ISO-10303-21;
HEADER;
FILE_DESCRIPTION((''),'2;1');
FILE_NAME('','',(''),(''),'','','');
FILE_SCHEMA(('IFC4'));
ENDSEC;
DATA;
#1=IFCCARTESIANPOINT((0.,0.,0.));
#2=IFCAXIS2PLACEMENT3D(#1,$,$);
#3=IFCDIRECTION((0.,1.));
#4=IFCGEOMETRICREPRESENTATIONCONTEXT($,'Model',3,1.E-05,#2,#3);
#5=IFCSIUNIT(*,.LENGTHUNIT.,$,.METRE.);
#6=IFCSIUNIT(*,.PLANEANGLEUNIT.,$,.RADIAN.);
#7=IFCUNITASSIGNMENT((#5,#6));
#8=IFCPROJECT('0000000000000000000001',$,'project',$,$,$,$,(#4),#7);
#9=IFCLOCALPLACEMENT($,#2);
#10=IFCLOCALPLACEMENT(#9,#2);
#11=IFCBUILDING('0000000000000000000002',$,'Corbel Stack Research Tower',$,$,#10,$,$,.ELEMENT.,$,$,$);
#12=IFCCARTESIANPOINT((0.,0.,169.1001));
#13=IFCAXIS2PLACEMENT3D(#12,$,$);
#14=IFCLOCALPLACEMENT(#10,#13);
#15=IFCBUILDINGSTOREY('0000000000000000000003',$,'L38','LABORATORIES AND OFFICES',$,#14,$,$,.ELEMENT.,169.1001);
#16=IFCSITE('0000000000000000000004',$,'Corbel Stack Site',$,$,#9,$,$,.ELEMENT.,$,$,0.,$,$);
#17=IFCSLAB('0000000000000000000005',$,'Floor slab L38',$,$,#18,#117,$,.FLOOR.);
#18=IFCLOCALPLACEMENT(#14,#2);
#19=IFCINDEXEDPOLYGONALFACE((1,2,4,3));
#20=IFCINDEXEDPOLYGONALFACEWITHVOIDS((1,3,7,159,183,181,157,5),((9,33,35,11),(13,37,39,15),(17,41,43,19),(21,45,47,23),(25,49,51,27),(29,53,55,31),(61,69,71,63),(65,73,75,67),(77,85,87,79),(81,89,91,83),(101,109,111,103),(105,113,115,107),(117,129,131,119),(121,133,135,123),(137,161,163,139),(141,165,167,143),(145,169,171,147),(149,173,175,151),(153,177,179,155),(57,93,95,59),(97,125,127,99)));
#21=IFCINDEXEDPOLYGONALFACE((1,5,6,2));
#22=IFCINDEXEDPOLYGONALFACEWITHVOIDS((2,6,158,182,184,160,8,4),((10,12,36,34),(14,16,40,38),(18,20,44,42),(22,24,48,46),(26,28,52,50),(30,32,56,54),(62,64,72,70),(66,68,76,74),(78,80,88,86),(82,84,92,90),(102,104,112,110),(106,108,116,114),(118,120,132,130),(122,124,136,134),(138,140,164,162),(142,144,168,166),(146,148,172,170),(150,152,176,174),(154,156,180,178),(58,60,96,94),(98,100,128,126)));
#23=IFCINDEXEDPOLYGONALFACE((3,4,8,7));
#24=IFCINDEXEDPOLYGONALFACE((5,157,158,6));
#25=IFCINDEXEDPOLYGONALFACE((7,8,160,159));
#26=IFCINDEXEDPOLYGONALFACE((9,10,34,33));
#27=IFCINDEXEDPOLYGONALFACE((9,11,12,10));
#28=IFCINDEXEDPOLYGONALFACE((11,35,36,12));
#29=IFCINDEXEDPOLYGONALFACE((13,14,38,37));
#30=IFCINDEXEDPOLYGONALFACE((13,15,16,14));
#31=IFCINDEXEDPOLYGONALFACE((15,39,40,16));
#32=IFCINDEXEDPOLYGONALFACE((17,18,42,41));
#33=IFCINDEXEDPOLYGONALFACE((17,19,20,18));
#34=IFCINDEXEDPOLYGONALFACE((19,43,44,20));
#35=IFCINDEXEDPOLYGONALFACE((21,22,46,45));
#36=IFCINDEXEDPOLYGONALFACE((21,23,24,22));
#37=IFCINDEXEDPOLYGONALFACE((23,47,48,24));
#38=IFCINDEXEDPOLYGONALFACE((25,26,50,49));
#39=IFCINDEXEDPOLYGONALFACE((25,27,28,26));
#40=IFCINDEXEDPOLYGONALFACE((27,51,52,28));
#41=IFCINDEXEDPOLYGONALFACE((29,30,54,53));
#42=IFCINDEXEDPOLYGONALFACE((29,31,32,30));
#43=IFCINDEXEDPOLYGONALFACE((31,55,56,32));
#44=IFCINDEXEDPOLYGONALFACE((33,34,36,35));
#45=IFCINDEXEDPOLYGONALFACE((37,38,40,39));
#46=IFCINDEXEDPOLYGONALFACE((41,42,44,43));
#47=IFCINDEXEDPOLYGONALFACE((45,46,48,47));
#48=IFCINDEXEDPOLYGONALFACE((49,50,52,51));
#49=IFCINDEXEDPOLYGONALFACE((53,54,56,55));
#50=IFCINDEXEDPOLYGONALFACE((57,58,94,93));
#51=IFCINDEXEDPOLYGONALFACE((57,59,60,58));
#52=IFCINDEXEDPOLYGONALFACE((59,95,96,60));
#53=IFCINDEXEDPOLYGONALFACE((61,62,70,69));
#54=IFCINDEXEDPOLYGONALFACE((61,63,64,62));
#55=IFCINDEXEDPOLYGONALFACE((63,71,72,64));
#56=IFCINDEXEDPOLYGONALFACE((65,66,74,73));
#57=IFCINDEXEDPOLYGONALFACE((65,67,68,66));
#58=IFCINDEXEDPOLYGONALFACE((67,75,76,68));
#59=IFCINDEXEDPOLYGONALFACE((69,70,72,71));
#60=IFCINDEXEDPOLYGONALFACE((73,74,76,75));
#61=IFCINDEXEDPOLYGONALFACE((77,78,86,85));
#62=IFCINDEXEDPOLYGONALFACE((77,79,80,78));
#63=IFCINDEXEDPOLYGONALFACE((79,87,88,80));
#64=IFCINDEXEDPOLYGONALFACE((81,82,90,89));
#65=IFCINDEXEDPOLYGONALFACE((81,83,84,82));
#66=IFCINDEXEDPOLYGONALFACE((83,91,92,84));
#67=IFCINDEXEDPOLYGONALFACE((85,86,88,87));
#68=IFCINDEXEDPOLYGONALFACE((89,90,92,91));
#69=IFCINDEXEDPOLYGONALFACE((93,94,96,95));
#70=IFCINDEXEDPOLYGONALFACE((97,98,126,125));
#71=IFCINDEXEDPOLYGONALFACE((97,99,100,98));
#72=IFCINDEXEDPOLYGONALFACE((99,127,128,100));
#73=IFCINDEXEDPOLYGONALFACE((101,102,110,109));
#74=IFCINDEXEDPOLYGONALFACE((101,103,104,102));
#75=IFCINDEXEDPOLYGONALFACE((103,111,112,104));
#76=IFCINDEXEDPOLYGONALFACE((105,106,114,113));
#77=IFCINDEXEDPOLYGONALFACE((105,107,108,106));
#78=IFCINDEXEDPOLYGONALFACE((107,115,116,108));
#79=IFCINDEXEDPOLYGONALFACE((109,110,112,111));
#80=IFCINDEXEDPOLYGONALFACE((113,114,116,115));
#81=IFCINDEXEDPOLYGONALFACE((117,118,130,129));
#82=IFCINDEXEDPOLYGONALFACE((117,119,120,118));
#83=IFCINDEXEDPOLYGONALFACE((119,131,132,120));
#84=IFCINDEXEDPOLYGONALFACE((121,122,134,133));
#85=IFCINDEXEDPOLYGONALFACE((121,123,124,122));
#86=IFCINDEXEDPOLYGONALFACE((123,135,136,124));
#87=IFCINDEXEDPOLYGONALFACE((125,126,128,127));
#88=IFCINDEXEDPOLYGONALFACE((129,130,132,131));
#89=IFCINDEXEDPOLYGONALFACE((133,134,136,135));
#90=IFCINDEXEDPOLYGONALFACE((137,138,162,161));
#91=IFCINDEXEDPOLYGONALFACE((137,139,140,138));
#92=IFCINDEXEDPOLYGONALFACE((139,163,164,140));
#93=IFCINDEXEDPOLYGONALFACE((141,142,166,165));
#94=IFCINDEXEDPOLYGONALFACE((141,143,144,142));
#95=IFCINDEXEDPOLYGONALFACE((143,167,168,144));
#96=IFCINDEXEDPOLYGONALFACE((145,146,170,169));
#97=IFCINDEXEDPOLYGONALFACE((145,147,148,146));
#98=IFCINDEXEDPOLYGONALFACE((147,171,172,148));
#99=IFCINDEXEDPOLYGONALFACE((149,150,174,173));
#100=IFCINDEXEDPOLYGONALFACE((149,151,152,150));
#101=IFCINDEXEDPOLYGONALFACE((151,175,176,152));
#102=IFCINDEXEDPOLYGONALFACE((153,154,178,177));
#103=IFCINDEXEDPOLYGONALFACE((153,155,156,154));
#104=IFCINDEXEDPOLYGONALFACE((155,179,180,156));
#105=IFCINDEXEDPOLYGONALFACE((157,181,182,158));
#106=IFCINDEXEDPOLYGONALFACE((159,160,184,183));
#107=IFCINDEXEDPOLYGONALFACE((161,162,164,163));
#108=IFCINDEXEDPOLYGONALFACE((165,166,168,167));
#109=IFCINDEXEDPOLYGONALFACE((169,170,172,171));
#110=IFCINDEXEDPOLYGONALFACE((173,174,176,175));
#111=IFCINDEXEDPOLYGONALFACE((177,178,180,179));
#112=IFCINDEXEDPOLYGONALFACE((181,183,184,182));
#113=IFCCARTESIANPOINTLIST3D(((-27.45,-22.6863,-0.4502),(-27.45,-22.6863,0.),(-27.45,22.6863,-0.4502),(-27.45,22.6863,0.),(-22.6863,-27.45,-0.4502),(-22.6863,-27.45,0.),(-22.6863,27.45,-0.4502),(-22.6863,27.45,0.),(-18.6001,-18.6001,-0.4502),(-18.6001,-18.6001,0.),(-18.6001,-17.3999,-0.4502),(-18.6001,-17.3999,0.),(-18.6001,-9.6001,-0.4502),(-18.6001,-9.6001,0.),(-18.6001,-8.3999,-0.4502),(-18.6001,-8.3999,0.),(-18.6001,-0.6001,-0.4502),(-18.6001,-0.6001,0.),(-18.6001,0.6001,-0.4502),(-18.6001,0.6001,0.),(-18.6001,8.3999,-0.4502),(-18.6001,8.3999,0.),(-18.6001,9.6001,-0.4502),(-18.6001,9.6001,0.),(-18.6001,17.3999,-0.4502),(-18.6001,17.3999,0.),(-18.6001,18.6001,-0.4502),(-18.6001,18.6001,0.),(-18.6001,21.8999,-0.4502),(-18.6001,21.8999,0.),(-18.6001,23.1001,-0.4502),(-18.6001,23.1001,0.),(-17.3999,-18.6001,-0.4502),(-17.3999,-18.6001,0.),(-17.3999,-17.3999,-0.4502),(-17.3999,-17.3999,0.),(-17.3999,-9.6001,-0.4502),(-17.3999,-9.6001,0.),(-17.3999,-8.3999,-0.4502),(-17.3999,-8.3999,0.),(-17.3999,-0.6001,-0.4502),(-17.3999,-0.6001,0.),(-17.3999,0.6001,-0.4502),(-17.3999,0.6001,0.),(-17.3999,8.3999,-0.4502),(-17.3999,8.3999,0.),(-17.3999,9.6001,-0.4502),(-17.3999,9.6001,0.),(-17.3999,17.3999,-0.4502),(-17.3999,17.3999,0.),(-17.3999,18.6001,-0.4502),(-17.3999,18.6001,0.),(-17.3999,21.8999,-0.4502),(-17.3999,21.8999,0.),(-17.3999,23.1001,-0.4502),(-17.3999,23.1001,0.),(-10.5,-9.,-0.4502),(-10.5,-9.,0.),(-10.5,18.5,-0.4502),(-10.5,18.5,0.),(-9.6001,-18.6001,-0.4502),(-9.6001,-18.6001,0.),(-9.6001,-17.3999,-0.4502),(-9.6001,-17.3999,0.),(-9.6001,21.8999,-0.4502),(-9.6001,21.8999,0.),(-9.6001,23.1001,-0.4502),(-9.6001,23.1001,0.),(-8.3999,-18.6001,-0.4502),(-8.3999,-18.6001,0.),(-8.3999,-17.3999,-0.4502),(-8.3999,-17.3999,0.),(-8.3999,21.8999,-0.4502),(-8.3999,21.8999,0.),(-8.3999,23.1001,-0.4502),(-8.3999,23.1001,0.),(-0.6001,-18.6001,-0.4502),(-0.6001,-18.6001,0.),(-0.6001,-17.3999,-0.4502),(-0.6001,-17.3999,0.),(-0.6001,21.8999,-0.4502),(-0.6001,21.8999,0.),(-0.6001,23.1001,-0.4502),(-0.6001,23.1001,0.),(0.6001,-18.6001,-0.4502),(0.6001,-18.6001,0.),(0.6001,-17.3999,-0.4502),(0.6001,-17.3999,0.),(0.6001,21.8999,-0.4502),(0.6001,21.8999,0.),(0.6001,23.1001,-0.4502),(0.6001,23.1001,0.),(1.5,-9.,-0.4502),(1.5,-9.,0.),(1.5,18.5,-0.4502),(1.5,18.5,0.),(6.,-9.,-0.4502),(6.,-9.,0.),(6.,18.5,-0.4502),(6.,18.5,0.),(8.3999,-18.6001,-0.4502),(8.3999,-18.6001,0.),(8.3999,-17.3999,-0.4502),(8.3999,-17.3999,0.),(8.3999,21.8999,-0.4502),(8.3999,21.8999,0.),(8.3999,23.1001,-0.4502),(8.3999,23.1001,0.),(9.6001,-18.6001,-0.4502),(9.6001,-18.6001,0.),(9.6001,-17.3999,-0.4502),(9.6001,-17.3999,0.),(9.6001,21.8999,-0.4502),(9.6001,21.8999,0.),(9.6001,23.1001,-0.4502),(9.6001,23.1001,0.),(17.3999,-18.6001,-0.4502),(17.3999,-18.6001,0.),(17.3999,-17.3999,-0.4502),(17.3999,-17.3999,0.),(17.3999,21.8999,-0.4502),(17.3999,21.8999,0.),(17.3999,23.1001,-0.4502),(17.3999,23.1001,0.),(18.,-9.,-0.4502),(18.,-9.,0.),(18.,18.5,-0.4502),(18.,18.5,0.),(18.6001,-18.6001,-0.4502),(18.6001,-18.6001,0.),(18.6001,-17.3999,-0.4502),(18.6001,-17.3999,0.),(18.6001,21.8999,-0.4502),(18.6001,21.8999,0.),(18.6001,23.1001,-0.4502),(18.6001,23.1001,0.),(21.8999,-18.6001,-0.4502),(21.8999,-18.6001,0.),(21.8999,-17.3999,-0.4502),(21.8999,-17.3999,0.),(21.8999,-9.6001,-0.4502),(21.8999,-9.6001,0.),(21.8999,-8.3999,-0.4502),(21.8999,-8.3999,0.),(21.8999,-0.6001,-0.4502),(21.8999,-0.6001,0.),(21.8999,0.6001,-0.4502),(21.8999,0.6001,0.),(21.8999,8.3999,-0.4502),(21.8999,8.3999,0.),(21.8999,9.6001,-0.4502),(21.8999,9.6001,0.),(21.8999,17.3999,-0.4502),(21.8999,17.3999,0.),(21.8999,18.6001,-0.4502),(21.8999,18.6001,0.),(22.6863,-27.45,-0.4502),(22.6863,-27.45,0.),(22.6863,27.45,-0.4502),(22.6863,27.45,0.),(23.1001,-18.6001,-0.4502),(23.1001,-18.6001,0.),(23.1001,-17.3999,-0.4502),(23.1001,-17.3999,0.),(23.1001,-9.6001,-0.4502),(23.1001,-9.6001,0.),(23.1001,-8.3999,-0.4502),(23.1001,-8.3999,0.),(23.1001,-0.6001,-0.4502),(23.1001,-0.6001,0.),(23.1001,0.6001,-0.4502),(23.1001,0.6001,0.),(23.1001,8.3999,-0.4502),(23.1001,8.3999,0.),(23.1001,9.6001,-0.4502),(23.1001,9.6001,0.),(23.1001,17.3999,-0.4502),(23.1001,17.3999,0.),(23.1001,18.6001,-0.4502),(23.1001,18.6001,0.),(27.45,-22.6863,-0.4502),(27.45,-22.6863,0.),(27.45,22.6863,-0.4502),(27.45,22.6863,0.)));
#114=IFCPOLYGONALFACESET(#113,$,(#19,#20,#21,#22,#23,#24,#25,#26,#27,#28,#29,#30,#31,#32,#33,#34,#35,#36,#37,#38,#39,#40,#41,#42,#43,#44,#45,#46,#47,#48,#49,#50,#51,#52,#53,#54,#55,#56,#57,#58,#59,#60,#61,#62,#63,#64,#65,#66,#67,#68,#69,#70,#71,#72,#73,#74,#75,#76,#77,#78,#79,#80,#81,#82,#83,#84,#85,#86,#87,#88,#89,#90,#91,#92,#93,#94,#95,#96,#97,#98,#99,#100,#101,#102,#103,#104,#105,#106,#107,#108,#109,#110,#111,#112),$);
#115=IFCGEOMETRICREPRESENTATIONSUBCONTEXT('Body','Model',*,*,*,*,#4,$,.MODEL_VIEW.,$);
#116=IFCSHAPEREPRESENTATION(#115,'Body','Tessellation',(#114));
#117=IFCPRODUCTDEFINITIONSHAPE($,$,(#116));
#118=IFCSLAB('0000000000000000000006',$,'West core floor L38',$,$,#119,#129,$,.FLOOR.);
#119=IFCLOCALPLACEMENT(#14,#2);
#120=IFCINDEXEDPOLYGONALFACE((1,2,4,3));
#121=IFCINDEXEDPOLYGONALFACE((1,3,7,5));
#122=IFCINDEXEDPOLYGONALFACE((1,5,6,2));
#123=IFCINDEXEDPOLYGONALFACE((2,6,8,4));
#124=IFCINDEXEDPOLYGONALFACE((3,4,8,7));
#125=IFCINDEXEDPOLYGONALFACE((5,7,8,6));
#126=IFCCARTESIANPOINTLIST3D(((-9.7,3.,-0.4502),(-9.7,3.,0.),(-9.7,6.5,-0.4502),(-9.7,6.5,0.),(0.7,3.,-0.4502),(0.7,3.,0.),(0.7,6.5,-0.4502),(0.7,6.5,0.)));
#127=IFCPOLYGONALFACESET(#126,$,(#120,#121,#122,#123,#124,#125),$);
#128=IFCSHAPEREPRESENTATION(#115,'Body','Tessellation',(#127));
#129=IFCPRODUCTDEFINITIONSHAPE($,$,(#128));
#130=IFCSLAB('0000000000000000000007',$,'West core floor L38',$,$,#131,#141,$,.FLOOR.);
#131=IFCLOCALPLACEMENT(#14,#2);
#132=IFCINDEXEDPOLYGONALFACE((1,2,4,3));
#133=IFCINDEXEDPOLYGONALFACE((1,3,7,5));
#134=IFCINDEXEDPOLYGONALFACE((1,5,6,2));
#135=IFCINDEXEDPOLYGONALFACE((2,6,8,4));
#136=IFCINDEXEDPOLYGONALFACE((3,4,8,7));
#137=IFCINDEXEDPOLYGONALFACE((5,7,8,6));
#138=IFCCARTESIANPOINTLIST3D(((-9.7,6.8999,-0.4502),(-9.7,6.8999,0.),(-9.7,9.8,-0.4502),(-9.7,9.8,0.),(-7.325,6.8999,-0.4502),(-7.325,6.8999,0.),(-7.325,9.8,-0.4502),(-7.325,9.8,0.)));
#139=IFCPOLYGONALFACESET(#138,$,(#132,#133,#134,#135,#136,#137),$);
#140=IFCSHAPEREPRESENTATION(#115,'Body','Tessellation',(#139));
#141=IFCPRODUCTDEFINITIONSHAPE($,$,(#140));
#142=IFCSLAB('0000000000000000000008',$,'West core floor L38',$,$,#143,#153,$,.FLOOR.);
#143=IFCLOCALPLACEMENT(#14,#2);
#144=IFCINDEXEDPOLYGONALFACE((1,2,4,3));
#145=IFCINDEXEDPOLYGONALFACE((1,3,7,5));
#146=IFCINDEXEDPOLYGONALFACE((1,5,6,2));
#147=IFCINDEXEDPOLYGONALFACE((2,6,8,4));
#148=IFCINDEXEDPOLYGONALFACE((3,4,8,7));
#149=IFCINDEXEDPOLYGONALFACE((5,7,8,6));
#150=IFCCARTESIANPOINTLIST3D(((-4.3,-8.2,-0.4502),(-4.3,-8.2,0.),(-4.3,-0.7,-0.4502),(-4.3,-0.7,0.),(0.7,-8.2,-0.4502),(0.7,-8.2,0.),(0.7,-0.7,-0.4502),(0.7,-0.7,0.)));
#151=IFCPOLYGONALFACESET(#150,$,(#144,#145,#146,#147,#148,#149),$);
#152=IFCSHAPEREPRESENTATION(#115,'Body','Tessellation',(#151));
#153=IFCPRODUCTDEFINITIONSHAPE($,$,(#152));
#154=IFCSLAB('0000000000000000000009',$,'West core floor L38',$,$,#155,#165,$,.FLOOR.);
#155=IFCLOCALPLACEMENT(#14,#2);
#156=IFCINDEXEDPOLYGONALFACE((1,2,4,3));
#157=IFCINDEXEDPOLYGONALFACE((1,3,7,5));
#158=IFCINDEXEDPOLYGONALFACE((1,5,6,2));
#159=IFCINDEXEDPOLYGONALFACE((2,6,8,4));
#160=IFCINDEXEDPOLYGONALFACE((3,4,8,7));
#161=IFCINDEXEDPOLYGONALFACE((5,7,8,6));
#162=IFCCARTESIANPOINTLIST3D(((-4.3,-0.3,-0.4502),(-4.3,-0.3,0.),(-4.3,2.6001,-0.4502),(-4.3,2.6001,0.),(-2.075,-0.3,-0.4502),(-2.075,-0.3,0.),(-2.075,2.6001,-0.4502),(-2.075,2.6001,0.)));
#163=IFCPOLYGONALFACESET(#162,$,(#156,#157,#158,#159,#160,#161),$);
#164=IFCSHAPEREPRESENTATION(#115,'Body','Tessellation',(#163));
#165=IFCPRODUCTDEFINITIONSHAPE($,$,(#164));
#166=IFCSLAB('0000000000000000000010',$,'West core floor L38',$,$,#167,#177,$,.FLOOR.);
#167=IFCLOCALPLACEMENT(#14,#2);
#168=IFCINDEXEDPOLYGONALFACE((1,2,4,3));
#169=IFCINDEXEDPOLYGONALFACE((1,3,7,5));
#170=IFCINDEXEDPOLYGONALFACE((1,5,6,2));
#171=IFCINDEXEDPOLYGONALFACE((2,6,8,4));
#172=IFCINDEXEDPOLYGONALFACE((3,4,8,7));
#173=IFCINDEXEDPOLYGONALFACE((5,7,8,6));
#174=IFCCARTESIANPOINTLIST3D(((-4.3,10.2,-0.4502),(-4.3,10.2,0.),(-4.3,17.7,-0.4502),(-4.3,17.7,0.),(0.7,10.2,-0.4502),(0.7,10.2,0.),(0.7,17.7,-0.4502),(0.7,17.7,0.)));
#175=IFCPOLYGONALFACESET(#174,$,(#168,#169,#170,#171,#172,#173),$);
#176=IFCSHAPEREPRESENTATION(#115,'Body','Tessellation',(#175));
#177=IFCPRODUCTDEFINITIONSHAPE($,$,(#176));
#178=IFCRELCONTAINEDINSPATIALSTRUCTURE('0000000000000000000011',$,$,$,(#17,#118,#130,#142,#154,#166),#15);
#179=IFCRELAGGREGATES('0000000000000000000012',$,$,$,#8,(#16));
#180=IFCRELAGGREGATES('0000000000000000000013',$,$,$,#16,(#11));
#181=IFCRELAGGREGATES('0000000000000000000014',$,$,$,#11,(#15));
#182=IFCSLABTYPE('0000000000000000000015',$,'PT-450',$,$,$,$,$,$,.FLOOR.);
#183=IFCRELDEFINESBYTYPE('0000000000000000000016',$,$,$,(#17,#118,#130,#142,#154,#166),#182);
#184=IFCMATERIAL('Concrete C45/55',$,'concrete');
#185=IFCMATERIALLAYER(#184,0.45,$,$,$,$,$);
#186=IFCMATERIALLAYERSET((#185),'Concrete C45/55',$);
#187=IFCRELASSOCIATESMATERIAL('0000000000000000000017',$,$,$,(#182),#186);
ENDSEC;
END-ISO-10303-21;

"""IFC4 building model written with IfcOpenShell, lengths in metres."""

from ifc_helpers import new_model, si_unit, direction, frame, origin, place, context, subcontext, project, spatial, polyline, outline, extrude, material, layer, layer_set, type_object, element, save


model = new_model("IFC4")

# Units and contexts
model_context = context("Model", 3, precision=1e-05, world=origin(), true_north=direction((0.0, 1.0)))
body_context = subcontext(model_context, "Body", "Model", "MODEL_VIEW")
ifc_project = project(units=[si_unit("LENGTHUNIT", "METRE"), si_unit("PLANEANGLEUNIT", "RADIAN")], contexts=[model_context])

# Site, building, storey
site_placement = place(None, origin())
site = spatial("IfcSite", under=ifc_project, at=site_placement, Name="Corbel Stack Site", CompositionType="ELEMENT", RefElevation=0.0)
building_placement = place(site_placement, origin())
building = spatial("IfcBuilding", under=site, at=building_placement, Name="Corbel Stack Research Tower", CompositionType="ELEMENT")
storey_placement = place(building_placement, frame((0.0, 0.0, 169.1001)))
storey = spatial("IfcBuildingStorey", under=building, at=storey_placement, Name="L38", Description="LABORATORIES AND OFFICES", CompositionType="ELEMENT", Elevation=169.1001)

# Slabs
ifc_material_1 = material(Name="Concrete C45/55", Category="concrete")
ifc_layer_1 = layer(ifc_material_1, 0.45)
ifc_layer_set_1 = layer_set([ifc_layer_1], Name="Concrete C45/55")
slab_type = type_object("IfcSlabType", Name="PT-450", PredefinedType="FLOOR", material=ifc_layer_set_1)
slab_1_placement = place(storey_placement, frame((0.0, 0.0, -0.4502)))
element("IfcSlab", 1, at=slab_1_placement, inside=storey, type_object=slab_type, Name="Floor slab L38", PredefinedType="FLOOR", context=body_context, shape_type="SweptSolid", body=[
    extrude(outline(polyline([(-22.6863, -27.45), (22.6863, -27.45), (27.45, -22.6863), (27.45, 22.6863), (22.6863, 27.45), (-22.6863, 27.45), (-27.45, 22.6863), (-27.45, -22.6863), (-22.6863, -27.45)]), holes=[polyline([(23.1001, 17.3999), (21.8999, 17.3999), (21.8999, 18.6001), (23.1001, 18.6001), (23.1001, 17.3999)]), polyline([(21.8999, 8.3999), (21.8999, 9.6001), (23.1001, 9.6001), (23.1001, 8.3999), (21.8999, 8.3999)]), polyline([(23.1001, -0.6001), (21.8999, -0.6001), (21.8999, 0.6001), (23.1001, 0.6001), (23.1001, -0.6001)]), polyline([(21.8999, -9.6001), (21.8999, -8.3999), (23.1001, -8.3999), (23.1001, -9.6001), (21.8999, -9.6001)]), polyline([(21.8999, -18.6001), (21.8999, -17.3999), (23.1001, -17.3999), (23.1001, -18.6001), (21.8999, -18.6001)]), polyline([(17.3999, 21.8999), (17.3999, 23.1001), (18.6001, 23.1001), (18.6001, 21.8999), (17.3999, 21.8999)]), polyline([(18.6001, -18.6001), (17.3999, -18.6001), (17.3999, -17.3999), (18.6001, -17.3999), (18.6001, -18.6001)]), polyline([(6.0, -9.0), (6.0, 18.5), (18.0, 18.5), (18.0, -9.0), (6.0, -9.0)]), polyline([(8.3999, 21.8999), (8.3999, 23.1001), (9.6001, 23.1001), (9.6001, 21.8999), (8.3999, 21.8999)]), polyline([(9.6001, -18.6001), (8.3999, -18.6001), (8.3999, -17.3999), (9.6001, -17.3999), (9.6001, -18.6001)]), polyline([(1.5, -9.0), (-10.5, -9.0), (-10.5, 18.5), (1.5, 18.5), (1.5, -9.0)]), polyline([(0.6001, 21.8999), (-0.6001, 21.8999), (-0.6001, 23.1001), (0.6001, 23.1001), (0.6001, 21.8999)]), polyline([(0.6001, -18.6001), (-0.6001, -18.6001), (-0.6001, -17.3999), (0.6001, -17.3999), (0.6001, -18.6001)]), polyline([(-9.6001, 21.8999), (-9.6001, 23.1001), (-8.3999, 23.1001), (-8.3999, 21.8999), (-9.6001, 21.8999)]), polyline([(-8.3999, -18.6001), (-9.6001, -18.6001), (-9.6001, -17.3999), (-8.3999, -17.3999), (-8.3999, -18.6001)]), polyline([(-18.6001, 21.8999), (-18.6001, 23.1001), (-17.3999, 23.1001), (-17.3999, 21.8999), (-18.6001, 21.8999)]), polyline([(-17.3999, 17.3999), (-18.6001, 17.3999), (-18.6001, 18.6001), (-17.3999, 18.6001), (-17.3999, 17.3999)]), polyline([(-17.3999, 8.3999), (-18.6001, 8.3999), (-18.6001, 9.6001), (-17.3999, 9.6001), (-17.3999, 8.3999)]), polyline([(-18.6001, -0.6001), (-18.6001, 0.6001), (-17.3999, 0.6001), (-17.3999, -0.6001), (-18.6001, -0.6001)]), polyline([(-18.6001, -9.6001), (-18.6001, -8.3999), (-17.3999, -8.3999), (-17.3999, -9.6001), (-18.6001, -9.6001)]), polyline([(-17.3999, -18.6001), (-18.6001, -18.6001), (-18.6001, -17.3999), (-17.3999, -17.3999), (-17.3999, -18.6001)])]), origin(), (0.0, 0.0, 1.0), 0.4502),
])
slab_2_placement = place(storey_placement, frame((0.0, 0.0, -0.4502)))
element("IfcSlab", 2, at=slab_2_placement, inside=storey, type_object=slab_type, Name="West core floor L38", PredefinedType="FLOOR", context=body_context, shape_type="SweptSolid", body=[
    extrude(outline(polyline([(0.7, 6.5), (-9.7, 6.5), (-9.7, 3.0), (0.7, 3.0), (0.7, 6.5)])), origin(), (0.0, 0.0, 1.0), 0.4502),
])
slab_3_placement = place(storey_placement, frame((0.0, 0.0, -0.4502)))
element("IfcSlab", 3, at=slab_3_placement, inside=storey, type_object=slab_type, Name="West core floor L38", PredefinedType="FLOOR", context=body_context, shape_type="SweptSolid", body=[
    extrude(outline(polyline([(-9.7, 6.8999), (-7.325, 6.8999), (-7.325, 9.8), (-9.7, 9.8), (-9.7, 6.8999)])), origin(), (0.0, 0.0, 1.0), 0.4502),
])
slab_4_placement = place(storey_placement, frame((0.0, 0.0, -0.4502)))
element("IfcSlab", 4, at=slab_4_placement, inside=storey, type_object=slab_type, Name="West core floor L38", PredefinedType="FLOOR", context=body_context, shape_type="SweptSolid", body=[
    extrude(outline(polyline([(-4.3, -0.7), (-4.3, -8.2), (0.7, -8.2), (0.7, -0.7), (-4.3, -0.7)])), origin(), (0.0, 0.0, 1.0), 0.4502),
])
slab_5_placement = place(storey_placement, frame((0.0, 0.0, -0.4502)))
element("IfcSlab", 5, at=slab_5_placement, inside=storey, type_object=slab_type, Name="West core floor L38", PredefinedType="FLOOR", context=body_context, shape_type="SweptSolid", body=[
    extrude(outline(polyline([(-2.075, -0.3), (-2.075, 2.6001), (-4.3, 2.6001), (-4.3, -0.3), (-2.075, -0.3)])), origin(), (0.0, 0.0, 1.0), 0.4502),
])
slab_6_placement = place(storey_placement, frame((0.0, 0.0, -0.4502)))
element("IfcSlab", 6, at=slab_6_placement, inside=storey, type_object=slab_type, Name="West core floor L38", PredefinedType="FLOOR", context=body_context, shape_type="SweptSolid", body=[
    extrude(outline(polyline([(0.7, 17.7), (-4.3, 17.7), (-4.3, 10.2), (0.7, 10.2), (0.7, 17.7)])), origin(), (0.0, 0.0, 1.0), 0.4502),
])

save(model, "model.ifc")
